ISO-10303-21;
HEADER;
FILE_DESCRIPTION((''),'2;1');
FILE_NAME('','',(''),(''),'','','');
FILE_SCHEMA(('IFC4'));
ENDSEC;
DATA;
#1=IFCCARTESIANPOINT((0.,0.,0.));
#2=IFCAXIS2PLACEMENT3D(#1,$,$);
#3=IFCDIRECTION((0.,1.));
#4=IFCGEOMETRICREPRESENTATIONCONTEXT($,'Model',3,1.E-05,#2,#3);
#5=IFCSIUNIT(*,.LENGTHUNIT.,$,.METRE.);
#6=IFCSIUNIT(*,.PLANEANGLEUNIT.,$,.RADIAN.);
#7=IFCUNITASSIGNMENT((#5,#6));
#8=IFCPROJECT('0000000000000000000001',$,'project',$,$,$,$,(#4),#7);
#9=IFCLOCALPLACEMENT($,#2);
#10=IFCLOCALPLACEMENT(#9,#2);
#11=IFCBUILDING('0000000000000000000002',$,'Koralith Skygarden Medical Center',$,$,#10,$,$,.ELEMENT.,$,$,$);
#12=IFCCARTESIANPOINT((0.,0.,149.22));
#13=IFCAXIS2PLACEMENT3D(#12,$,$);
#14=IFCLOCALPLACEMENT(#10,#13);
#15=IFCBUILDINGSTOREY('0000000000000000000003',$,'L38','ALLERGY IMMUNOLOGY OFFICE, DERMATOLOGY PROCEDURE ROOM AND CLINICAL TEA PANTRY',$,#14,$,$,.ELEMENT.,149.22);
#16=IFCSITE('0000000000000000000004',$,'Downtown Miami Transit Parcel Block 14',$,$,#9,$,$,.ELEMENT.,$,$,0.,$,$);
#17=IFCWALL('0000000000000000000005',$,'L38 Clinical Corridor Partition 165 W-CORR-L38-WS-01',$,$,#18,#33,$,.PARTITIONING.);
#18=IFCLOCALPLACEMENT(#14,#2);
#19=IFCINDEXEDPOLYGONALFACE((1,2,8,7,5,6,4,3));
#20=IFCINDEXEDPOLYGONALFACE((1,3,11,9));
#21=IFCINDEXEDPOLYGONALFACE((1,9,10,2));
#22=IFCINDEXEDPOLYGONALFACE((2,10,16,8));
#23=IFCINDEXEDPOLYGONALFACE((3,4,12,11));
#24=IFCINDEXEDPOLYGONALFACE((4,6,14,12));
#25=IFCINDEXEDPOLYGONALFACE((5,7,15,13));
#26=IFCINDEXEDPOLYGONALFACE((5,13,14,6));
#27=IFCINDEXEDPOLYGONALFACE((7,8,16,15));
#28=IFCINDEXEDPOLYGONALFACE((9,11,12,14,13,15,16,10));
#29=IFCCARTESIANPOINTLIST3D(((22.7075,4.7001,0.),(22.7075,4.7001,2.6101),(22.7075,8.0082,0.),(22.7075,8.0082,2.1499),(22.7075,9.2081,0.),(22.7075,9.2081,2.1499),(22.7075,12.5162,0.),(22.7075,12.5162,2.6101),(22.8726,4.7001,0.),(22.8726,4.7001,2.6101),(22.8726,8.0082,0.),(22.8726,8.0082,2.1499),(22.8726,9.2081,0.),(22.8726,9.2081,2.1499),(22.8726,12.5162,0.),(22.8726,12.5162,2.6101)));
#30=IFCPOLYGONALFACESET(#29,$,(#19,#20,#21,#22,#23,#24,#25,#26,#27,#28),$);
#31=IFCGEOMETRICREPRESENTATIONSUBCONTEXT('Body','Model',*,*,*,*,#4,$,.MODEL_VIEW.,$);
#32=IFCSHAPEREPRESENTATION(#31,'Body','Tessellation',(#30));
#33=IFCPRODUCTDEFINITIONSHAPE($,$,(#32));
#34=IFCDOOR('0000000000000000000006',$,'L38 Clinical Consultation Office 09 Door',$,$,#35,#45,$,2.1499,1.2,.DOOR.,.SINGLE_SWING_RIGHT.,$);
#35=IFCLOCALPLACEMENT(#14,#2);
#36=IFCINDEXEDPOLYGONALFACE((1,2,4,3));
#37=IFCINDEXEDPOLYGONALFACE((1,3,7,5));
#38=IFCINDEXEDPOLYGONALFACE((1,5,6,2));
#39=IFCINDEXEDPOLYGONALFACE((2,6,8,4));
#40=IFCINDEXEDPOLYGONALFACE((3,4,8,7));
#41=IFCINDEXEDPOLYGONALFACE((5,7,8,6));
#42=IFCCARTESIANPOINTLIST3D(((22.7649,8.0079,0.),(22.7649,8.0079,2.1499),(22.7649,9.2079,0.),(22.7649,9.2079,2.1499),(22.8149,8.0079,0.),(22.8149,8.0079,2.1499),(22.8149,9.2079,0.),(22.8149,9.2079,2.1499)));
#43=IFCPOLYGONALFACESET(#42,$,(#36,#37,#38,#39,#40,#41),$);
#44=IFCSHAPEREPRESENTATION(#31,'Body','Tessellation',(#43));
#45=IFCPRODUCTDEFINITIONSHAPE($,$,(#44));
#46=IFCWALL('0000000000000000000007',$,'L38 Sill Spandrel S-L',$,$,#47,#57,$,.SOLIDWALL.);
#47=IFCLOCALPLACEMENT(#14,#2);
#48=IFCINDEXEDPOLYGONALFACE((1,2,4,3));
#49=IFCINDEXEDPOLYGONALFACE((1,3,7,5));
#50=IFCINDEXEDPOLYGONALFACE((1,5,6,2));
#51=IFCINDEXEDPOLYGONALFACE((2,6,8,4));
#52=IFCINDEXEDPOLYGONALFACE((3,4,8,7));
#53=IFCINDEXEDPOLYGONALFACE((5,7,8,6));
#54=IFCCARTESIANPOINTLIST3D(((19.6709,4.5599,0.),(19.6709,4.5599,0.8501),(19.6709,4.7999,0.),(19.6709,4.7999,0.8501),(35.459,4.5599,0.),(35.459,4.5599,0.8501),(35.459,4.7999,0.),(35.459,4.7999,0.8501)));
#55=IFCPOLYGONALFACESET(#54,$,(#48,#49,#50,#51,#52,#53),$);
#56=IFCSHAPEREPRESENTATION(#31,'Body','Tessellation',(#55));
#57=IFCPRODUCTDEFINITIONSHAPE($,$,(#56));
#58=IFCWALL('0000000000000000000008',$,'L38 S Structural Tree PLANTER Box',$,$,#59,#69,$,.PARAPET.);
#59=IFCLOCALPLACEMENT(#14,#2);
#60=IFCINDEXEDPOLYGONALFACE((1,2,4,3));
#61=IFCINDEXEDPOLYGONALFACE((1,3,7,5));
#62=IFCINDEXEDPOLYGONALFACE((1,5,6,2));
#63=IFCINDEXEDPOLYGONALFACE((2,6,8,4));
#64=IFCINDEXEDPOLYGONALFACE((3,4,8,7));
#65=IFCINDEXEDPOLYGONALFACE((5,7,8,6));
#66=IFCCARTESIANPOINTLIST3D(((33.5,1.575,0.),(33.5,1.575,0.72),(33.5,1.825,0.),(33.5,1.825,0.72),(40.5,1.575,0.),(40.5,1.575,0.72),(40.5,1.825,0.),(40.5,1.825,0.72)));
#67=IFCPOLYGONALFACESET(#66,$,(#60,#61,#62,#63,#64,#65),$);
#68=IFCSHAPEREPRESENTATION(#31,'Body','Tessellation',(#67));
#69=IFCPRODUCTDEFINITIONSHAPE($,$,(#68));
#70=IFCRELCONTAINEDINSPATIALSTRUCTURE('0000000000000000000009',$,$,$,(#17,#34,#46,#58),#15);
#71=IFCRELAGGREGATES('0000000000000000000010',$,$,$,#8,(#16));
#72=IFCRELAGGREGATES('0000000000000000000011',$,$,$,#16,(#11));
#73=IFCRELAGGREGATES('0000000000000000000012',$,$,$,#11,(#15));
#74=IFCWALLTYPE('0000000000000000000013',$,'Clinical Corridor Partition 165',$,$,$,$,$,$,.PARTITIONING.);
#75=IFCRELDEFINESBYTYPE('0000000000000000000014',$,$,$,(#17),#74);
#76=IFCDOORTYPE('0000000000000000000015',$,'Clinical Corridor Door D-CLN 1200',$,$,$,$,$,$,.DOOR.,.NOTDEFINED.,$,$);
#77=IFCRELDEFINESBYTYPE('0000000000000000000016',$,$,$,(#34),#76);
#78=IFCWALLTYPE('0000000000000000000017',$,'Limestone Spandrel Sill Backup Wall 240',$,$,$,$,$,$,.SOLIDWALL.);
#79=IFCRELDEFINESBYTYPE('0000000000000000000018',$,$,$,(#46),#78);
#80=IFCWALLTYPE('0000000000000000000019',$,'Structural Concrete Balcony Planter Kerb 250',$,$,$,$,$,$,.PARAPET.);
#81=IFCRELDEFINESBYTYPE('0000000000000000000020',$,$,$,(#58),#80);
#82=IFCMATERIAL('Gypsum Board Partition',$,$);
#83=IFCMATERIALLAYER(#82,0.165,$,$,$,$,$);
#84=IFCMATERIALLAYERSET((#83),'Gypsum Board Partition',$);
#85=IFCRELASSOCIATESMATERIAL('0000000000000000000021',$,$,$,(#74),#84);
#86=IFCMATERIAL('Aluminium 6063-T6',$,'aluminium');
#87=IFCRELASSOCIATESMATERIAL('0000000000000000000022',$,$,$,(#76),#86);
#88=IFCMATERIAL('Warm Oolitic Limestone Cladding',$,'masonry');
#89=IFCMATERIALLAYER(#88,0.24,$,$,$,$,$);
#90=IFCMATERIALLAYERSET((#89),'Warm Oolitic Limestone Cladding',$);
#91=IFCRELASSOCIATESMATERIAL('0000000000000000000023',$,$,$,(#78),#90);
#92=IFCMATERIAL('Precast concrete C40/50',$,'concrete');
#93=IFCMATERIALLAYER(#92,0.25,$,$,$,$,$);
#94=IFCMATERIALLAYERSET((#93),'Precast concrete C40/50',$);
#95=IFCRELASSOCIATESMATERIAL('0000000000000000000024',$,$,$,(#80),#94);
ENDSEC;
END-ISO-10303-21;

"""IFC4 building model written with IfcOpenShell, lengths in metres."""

from ifc_helpers import new_model, si_unit, direction, frame, frame_2d, origin, place, context, subcontext, project, spatial, rectangle, extrude, material, layer, layer_set, type_object, element, fill, save


model = new_model("IFC4")

# Units and contexts
model_context = context("Model", 3, precision=1e-05, world=origin(), true_north=direction((0.0, 1.0)))
body_context = subcontext(model_context, "Body", "Model", "MODEL_VIEW")
ifc_project = project(units=[si_unit("LENGTHUNIT", "METRE"), si_unit("PLANEANGLEUNIT", "RADIAN")], contexts=[model_context])

# Site, building, storey
site_placement = place(None, origin())
site = spatial("IfcSite", under=ifc_project, at=site_placement, Name="Downtown Miami Transit Parcel Block 14", CompositionType="ELEMENT", RefElevation=0.0)
building_placement = place(site_placement, origin())
building = spatial("IfcBuilding", under=site, at=building_placement, Name="Koralith Skygarden Medical Center", CompositionType="ELEMENT")
storey_placement = place(building_placement, frame((0.0, 0.0, 149.22)))
storey = spatial("IfcBuildingStorey", under=building, at=storey_placement, Name="L38", Description="ALLERGY IMMUNOLOGY OFFICE, DERMATOLOGY PROCEDURE ROOM AND CLINICAL TEA PANTRY", CompositionType="ELEMENT", Elevation=149.22)

# Shared definitions
ifc_material_1 = material(Name="Aluminium 6063-T6", Category="aluminium")

# Shared definitions
ifc_material_2 = material(Name="Gypsum Board Partition")
ifc_layer_1 = layer(ifc_material_2, 0.165)
ifc_layer_set_1 = layer_set([ifc_layer_1], Name="Gypsum Board Partition")
wall_type_1 = type_object("IfcWallType", Name="Clinical Corridor Partition 165", PredefinedType="PARTITIONING", material=ifc_layer_set_1)

# Wall, opening, door
wall_1_placement = place(storey_placement, frame((22.79, 4.7, 0.0), z_axis=(0.0, 0.0, 1.0), x_axis=(0.0, 1.0, 0.0)))
wall_1 = element("IfcWall", 1, at=wall_1_placement, inside=storey, type_object=wall_type_1, Name="L38 Clinical Corridor Partition 165 W-CORR-L38-WS-01", PredefinedType="PARTITIONING", context=body_context, shape_type="SweptSolid", body=[
    extrude(rectangle(XDim=7.8162, YDim=0.165, at=frame_2d((3.9082, 0.0))), origin(), (0.0, 0.0, 1.0), 2.6101),
])
opening_placement = place(wall_1_placement, frame((3.3081, 0.0, 0.0)))
opening = element("IfcOpeningElement", 2, at=opening_placement, cuts=wall_1, PredefinedType="OPENING", context=body_context, shape_type="SweptSolid", body=[
    extrude(rectangle(XDim=1.2, YDim=2.1499, at=frame_2d((0.6001, 1.075))), frame((0.0, 0.0925, 0.0), z_axis=(0.0, -1.0, 0.0), x_axis=(1.0, 0.0, 0.0)), (0.0, 0.0, 1.0), 0.1851),
])
door_type = type_object("IfcDoorType", Name="Clinical Corridor Door D-CLN 1200", OperationType="NOTDEFINED", PredefinedType="DOOR", material=ifc_material_1)
door_placement = place(opening_placement, frame((1.2, 0.0, 0.0), z_axis=(0.0, 0.0, 1.0), x_axis=(-1.0, 0.0, 0.0)))
door = element("IfcDoor", 3, at=door_placement, inside=storey, type_object=door_type, Name="L38 Clinical Consultation Office 09 Door", OperationType="SINGLE_SWING_RIGHT", OverallHeight=2.1499, OverallWidth=1.2, PredefinedType="DOOR", context=body_context, shape_type="SweptSolid", body=[
    extrude(rectangle(XDim=1.2, YDim=2.1499, at=frame_2d((0.6001, 1.075))), frame((0.0, 0.0249, 0.0), z_axis=(0.0, -1.0, 0.0), x_axis=(1.0, 0.0, 0.0)), (0.0, 0.0, 1.0), 0.05),
])
fill(opening, door)

# Walls
ifc_material_3 = material(Name="Warm Oolitic Limestone Cladding", Category="masonry")
ifc_layer_2 = layer(ifc_material_3, 0.24)
ifc_layer_set_2 = layer_set([ifc_layer_2], Name="Warm Oolitic Limestone Cladding")
wall_type_2 = type_object("IfcWallType", Name="Limestone Spandrel Sill Backup Wall 240", PredefinedType="SOLIDWALL", material=ifc_layer_set_2)
wall_2_placement = place(storey_placement, frame((19.6709, 4.6799, 0.0), z_axis=(0.0, 0.0, 1.0), x_axis=(1.0, 0.0, 0.0)))
element("IfcWall", 4, at=wall_2_placement, inside=storey, type_object=wall_type_2, Name="L38 Sill Spandrel S-L", PredefinedType="SOLIDWALL", context=body_context, shape_type="SweptSolid", body=[
    extrude(rectangle(XDim=15.7881, YDim=0.24, at=frame_2d((7.894, 0.0))), origin(), (0.0, 0.0, 1.0), 0.8501),
])
ifc_material_4 = material(Name="Precast concrete C40/50", Category="concrete")
ifc_layer_3 = layer(ifc_material_4, 0.25)
ifc_layer_set_3 = layer_set([ifc_layer_3], Name="Precast concrete C40/50")
wall_type_3 = type_object("IfcWallType", Name="Structural Concrete Balcony Planter Kerb 250", PredefinedType="PARAPET", material=ifc_layer_set_3)
wall_3_placement = place(storey_placement, frame((33.5, 1.7, 0.0), z_axis=(0.0, 0.0, 1.0), x_axis=(1.0, 0.0, 0.0)))
element("IfcWall", 5, at=wall_3_placement, inside=storey, type_object=wall_type_3, Name="L38 S Structural Tree PLANTER Box", PredefinedType="PARAPET", context=body_context, shape_type="SweptSolid", body=[
    extrude(rectangle(XDim=7.0, YDim=0.25, at=frame_2d((3.5, 0.0))), origin(), (0.0, 0.0, 1.0), 0.72),
])

save(model, "model.ifc")
